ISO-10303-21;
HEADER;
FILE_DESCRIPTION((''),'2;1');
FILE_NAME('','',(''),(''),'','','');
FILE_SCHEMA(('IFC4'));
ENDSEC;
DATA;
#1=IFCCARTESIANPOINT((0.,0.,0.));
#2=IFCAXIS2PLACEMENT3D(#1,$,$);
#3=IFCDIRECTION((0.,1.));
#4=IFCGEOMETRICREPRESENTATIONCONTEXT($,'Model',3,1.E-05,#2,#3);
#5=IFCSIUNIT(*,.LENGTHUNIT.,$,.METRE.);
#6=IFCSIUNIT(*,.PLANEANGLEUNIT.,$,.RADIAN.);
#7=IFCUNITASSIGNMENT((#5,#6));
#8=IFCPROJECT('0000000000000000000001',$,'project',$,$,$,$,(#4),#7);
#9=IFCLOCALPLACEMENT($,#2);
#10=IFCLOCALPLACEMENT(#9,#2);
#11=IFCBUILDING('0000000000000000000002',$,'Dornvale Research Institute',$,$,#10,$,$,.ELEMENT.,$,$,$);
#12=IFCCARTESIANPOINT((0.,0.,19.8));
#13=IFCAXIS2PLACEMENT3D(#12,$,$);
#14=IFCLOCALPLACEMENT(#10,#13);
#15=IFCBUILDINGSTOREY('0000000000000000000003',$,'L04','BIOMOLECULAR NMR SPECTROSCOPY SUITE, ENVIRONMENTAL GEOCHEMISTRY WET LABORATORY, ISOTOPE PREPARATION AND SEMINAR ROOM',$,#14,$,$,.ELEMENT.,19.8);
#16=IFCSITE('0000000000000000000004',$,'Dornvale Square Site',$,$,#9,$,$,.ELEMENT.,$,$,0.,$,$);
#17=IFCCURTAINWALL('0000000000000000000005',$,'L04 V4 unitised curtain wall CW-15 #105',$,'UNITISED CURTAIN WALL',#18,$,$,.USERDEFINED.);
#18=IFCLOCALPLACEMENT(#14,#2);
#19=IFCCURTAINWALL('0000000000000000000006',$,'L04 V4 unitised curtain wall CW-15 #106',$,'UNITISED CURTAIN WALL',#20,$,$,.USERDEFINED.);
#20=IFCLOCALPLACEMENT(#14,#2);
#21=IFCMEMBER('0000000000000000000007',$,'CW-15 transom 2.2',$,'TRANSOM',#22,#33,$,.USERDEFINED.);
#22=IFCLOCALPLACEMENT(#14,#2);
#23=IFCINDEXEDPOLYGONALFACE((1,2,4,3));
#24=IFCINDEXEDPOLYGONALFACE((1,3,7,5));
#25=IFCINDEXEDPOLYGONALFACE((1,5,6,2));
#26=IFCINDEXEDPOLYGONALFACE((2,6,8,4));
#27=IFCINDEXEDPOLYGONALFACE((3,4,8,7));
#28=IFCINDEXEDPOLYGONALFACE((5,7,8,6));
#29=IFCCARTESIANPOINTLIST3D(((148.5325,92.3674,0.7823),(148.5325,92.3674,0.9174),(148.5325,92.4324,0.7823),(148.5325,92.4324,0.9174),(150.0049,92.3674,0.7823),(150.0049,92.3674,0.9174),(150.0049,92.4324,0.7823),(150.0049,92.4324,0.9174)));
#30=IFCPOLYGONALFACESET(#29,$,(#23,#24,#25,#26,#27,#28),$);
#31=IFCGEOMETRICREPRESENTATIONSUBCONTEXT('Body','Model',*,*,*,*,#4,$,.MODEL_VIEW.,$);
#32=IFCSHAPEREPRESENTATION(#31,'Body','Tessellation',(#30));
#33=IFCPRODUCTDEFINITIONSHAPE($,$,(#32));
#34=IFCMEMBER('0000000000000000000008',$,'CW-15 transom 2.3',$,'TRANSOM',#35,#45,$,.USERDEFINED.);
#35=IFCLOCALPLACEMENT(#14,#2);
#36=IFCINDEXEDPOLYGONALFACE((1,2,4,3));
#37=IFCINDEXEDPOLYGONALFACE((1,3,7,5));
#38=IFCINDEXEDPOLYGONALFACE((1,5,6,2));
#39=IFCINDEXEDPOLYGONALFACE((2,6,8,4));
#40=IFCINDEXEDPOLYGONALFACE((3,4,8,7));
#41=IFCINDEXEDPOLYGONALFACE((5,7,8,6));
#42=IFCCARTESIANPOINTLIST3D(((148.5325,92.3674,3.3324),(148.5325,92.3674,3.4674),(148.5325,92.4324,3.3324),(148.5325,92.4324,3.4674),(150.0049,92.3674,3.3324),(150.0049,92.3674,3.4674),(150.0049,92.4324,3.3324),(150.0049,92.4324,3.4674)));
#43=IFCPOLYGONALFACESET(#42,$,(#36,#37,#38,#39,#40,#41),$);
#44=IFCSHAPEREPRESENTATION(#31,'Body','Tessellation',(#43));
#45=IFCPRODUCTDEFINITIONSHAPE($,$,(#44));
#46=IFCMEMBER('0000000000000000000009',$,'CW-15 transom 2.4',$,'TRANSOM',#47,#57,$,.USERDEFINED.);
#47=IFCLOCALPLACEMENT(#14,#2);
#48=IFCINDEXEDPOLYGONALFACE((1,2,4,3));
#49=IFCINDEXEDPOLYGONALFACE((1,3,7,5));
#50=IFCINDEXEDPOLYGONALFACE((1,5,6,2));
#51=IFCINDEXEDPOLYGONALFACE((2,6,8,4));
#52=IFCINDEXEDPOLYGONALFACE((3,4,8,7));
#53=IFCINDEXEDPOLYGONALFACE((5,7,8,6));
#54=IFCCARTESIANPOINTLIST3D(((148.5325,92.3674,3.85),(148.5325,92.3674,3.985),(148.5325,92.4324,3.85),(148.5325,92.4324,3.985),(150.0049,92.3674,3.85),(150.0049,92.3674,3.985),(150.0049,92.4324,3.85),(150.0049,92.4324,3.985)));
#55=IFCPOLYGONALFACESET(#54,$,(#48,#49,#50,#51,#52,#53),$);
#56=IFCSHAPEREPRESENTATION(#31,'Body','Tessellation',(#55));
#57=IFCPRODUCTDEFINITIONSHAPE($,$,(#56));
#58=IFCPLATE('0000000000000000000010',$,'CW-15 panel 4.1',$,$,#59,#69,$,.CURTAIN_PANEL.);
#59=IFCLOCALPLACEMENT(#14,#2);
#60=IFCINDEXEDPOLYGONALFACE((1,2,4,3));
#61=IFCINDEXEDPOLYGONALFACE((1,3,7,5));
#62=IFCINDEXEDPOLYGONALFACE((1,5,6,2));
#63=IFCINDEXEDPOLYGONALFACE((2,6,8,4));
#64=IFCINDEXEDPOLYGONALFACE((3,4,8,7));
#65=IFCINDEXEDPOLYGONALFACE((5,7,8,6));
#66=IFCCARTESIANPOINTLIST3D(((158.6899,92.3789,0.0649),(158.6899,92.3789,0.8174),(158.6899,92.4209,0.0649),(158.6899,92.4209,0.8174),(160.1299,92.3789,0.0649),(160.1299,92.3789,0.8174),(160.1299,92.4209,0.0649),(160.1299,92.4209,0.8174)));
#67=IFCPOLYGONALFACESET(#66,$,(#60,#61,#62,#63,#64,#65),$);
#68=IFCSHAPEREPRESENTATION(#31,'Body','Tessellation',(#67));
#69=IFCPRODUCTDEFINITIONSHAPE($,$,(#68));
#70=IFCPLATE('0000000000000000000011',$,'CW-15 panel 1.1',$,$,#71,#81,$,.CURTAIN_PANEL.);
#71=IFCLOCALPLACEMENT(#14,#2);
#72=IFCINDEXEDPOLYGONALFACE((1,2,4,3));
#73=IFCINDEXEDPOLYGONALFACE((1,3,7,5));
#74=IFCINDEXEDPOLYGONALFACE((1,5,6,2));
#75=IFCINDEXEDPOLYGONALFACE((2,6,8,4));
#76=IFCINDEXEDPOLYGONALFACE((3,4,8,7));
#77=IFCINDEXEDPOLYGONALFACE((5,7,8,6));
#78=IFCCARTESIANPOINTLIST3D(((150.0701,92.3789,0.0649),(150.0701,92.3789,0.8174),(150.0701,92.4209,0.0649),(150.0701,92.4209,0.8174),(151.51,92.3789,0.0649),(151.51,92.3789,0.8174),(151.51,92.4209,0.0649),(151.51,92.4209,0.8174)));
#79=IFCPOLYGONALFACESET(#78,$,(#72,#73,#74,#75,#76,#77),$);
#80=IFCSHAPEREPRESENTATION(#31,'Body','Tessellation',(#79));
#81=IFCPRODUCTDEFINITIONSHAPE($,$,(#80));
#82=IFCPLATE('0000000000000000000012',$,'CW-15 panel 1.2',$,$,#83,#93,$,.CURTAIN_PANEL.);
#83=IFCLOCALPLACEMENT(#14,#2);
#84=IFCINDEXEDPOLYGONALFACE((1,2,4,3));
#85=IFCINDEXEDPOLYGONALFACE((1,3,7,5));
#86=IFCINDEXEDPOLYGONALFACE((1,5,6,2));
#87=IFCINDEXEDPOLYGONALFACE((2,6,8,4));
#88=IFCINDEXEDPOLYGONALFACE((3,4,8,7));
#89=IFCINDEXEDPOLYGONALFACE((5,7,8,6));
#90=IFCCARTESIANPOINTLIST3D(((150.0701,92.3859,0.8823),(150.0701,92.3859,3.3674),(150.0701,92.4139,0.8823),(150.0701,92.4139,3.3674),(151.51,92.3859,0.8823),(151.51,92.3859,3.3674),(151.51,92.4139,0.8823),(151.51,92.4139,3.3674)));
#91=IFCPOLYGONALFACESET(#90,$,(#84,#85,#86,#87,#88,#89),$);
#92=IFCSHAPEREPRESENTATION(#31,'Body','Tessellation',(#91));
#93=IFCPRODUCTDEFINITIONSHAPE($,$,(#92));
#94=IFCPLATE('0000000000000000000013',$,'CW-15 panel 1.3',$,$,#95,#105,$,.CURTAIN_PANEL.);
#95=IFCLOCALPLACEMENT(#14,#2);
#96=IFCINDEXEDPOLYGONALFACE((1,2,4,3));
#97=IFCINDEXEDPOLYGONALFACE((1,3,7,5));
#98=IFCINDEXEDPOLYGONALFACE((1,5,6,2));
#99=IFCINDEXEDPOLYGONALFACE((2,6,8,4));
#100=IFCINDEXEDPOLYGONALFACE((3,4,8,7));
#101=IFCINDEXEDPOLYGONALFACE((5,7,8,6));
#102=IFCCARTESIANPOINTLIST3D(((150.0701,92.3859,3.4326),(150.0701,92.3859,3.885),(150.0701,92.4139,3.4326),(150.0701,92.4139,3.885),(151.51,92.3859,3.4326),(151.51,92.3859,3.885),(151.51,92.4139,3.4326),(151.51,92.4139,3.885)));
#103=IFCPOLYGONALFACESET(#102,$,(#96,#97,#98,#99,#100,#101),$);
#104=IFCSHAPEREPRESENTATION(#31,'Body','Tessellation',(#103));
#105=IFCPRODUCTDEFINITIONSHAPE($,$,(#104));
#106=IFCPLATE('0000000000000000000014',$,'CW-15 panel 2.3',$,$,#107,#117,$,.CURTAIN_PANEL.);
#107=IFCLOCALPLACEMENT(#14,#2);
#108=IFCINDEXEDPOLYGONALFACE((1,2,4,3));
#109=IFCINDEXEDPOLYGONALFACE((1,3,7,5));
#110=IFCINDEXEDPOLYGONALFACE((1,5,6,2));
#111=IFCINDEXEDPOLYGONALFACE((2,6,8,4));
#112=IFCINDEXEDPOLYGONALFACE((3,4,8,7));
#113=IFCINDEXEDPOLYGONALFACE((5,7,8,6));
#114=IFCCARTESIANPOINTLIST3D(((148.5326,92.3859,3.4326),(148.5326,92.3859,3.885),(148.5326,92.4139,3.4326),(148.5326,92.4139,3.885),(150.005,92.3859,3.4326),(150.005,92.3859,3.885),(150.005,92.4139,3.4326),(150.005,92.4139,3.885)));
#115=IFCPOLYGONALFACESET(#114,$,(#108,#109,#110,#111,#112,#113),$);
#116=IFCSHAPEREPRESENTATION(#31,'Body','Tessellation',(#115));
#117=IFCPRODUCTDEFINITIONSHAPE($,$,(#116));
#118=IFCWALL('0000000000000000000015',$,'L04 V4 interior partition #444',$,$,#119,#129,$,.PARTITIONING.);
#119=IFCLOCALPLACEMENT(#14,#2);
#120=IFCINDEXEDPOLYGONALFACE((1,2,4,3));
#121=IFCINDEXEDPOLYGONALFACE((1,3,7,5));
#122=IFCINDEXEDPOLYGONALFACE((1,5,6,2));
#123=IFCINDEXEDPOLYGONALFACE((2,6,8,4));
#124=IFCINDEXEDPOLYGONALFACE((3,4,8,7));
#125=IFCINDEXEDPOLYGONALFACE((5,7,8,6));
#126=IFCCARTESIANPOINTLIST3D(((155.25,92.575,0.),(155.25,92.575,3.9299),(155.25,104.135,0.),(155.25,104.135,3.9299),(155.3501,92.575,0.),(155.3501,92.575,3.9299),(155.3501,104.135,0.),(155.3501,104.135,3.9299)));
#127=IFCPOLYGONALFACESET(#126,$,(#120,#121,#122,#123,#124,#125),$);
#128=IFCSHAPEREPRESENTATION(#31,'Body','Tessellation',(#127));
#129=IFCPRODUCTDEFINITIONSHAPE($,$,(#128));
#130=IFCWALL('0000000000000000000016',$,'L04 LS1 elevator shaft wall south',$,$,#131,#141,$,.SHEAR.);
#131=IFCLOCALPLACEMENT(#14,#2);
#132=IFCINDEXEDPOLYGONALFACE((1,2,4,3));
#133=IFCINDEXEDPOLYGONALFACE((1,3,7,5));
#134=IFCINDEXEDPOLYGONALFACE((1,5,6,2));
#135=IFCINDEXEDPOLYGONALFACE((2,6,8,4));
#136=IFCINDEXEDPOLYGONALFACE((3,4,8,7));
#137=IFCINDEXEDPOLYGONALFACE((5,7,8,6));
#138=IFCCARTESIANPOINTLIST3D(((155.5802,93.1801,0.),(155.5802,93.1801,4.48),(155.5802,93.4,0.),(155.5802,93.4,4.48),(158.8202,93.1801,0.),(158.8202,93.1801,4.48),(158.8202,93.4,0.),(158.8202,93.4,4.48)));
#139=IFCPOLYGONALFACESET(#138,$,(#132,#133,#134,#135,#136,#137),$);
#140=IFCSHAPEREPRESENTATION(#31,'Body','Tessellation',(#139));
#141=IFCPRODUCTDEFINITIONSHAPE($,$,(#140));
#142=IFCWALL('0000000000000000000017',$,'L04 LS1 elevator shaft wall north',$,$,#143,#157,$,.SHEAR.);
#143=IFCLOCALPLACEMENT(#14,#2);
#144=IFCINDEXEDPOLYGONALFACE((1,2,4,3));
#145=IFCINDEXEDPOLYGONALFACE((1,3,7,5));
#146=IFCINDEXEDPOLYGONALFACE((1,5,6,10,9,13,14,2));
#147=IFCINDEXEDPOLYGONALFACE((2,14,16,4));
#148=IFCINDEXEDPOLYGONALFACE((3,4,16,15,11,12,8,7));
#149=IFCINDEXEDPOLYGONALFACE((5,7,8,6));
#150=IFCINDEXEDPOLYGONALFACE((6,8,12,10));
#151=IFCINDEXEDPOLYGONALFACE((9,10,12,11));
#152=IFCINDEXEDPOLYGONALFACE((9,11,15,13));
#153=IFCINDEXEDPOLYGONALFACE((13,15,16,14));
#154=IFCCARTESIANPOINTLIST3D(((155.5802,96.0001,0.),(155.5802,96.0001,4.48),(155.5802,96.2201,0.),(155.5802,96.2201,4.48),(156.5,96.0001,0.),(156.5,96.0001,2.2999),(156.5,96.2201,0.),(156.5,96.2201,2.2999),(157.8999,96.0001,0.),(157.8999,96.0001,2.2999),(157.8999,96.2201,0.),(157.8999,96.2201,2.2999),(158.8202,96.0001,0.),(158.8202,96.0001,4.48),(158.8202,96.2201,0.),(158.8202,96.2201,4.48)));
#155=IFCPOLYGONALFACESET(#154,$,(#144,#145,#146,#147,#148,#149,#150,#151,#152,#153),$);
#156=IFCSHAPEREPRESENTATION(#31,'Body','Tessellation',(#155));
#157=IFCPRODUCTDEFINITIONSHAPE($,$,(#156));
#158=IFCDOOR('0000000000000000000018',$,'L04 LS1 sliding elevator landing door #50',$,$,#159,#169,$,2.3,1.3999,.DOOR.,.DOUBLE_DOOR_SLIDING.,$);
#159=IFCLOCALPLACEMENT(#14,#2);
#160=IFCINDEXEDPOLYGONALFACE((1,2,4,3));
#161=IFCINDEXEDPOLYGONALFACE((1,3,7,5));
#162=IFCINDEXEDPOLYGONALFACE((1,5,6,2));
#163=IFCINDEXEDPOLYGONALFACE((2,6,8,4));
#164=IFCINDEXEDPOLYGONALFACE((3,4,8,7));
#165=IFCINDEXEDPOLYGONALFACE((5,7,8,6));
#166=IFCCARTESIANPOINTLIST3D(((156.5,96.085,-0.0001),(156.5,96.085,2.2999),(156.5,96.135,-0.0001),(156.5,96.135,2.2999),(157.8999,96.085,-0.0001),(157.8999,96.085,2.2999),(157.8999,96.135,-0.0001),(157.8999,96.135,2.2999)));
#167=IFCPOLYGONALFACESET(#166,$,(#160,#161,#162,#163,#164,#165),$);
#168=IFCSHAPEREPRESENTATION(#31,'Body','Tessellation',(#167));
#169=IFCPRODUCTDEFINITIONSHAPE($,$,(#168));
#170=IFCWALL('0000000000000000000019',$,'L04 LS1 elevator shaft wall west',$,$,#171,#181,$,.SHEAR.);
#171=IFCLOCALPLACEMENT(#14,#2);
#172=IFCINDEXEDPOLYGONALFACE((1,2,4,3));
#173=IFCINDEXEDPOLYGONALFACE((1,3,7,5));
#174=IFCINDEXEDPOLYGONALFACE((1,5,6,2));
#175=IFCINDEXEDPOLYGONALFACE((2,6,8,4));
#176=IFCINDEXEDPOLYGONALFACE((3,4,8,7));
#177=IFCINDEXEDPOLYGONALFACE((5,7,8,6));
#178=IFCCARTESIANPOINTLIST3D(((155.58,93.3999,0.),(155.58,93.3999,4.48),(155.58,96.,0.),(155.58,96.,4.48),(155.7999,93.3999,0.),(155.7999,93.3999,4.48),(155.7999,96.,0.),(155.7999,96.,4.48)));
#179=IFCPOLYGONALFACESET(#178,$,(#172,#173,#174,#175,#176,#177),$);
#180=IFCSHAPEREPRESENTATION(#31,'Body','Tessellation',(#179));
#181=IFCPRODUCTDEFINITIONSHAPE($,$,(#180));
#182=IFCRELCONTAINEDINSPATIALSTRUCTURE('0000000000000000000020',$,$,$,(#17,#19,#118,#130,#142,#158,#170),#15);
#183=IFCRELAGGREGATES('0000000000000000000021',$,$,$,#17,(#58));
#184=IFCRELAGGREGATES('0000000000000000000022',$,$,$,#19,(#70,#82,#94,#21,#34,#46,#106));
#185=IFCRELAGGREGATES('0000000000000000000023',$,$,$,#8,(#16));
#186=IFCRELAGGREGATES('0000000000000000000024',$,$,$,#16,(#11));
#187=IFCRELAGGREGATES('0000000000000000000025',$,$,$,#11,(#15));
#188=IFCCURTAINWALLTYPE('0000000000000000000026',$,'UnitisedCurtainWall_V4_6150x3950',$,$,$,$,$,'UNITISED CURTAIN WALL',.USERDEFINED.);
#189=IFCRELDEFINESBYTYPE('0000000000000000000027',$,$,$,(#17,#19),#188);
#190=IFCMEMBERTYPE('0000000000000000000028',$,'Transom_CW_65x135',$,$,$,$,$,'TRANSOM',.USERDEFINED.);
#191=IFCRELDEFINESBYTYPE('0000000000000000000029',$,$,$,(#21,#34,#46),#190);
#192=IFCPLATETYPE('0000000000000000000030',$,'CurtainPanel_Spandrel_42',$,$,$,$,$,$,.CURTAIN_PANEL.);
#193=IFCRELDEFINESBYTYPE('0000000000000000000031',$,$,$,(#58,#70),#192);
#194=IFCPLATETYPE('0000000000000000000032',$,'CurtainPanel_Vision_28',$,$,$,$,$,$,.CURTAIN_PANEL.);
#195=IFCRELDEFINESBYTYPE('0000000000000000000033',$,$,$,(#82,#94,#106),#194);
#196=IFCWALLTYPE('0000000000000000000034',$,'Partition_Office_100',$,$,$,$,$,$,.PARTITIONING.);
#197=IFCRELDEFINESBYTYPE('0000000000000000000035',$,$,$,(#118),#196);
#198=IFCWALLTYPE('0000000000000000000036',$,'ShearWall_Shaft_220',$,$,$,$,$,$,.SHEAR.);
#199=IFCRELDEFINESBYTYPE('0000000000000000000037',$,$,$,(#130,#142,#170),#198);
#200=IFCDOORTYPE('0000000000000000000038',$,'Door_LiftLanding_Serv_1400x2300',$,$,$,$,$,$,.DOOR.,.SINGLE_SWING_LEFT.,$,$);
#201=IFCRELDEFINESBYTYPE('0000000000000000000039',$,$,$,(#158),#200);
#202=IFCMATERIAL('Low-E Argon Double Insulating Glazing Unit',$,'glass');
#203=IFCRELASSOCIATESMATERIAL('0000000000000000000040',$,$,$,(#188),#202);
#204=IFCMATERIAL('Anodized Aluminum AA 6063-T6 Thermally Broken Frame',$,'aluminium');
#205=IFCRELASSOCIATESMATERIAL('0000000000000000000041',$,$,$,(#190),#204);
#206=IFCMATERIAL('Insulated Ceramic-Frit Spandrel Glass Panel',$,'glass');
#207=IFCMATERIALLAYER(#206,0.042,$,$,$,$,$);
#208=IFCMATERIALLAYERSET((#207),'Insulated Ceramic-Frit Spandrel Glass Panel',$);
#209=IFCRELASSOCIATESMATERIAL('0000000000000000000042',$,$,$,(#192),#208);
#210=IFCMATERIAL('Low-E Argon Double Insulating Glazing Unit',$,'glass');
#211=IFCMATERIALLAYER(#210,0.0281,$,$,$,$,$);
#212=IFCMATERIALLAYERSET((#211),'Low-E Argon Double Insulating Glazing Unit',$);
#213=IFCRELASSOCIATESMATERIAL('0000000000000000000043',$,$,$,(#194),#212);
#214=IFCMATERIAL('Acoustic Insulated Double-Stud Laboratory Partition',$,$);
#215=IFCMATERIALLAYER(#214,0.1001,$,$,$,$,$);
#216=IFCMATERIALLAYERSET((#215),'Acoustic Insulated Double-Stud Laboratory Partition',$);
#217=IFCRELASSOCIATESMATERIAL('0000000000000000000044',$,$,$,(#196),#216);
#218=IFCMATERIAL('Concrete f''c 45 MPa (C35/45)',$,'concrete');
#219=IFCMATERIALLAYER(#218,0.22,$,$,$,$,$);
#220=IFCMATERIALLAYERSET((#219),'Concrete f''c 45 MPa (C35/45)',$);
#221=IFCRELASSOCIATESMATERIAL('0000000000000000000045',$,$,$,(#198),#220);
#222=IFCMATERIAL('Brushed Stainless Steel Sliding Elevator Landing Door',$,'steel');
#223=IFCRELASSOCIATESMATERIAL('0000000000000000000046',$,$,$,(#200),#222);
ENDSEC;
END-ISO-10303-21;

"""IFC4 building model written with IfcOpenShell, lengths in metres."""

from ifc_helpers import new_model, si_unit, direction, frame, frame_2d, origin, origin_2d, place, context, subcontext, project, spatial, rectangle, extrude, material, layer, layer_set, material_profile, profile_set, type_object, element, fill, aggregate, save


model = new_model("IFC4")

# Units and contexts
model_context = context("Model", 3, precision=1e-05, world=origin(), true_north=direction((0.0, 1.0)))
body_context = subcontext(model_context, "Body", "Model", "MODEL_VIEW")
ifc_project = project(units=[si_unit("LENGTHUNIT", "METRE"), si_unit("PLANEANGLEUNIT", "RADIAN")], contexts=[model_context])

# Site, building, storey
site_placement = place(None, origin())
site = spatial("IfcSite", under=ifc_project, at=site_placement, Name="Dornvale Square Site", CompositionType="ELEMENT", RefElevation=0.0)
building_placement = place(site_placement, origin())
building = spatial("IfcBuilding", under=site, at=building_placement, Name="Dornvale Research Institute", CompositionType="ELEMENT")
storey_placement = place(building_placement, frame((0.0, 0.0, 19.8)))
storey = spatial("IfcBuildingStorey", under=building, at=storey_placement, Name="L04", Description="BIOMOLECULAR NMR SPECTROSCOPY SUITE, ENVIRONMENTAL GEOCHEMISTRY WET LABORATORY, ISOTOPE PREPARATION AND SEMINAR ROOM", CompositionType="ELEMENT", Elevation=19.8)

# Curtain wall
ifc_material_1 = material(Name="Low-E Argon Double Insulating Glazing Unit", Category="glass")
curtain_wall_type = type_object("IfcCurtainWallType", Name="UnitisedCurtainWall_V4_6150x3950", ElementType="UNITISED CURTAIN WALL", PredefinedType="USERDEFINED", material=ifc_material_1)
curtain_wall_1_placement = place(storey_placement, origin())
curtain_wall_1 = element("IfcCurtainWall", 1, at=curtain_wall_1_placement, inside=storey, type_object=curtain_wall_type, Name="L04 V4 unitised curtain wall CW-15 #105", ObjectType="UNITISED CURTAIN WALL", PredefinedType="USERDEFINED")

# Curtain wall
curtain_wall_2_placement = place(storey_placement, origin())
curtain_wall_2 = element("IfcCurtainWall", 2, at=curtain_wall_2_placement, inside=storey, type_object=curtain_wall_type, Name="L04 V4 unitised curtain wall CW-15 #106", ObjectType="UNITISED CURTAIN WALL", PredefinedType="USERDEFINED")

# Members
ifc_material_2 = material(Name="Anodized Aluminum AA 6063-T6 Thermally Broken Frame", Category="aluminium")
ifc_material_profile_1 = material_profile(ifc_material_2, rectangle(XDim=0.0649, YDim=0.135, at=origin_2d()), Name="ALU TRANSOM 65x135")
ifc_profile_set_1 = profile_set([ifc_material_profile_1], Name="Anodized Aluminum AA 6063-T6 Thermally Broken Frame")
member_type_1 = type_object("IfcMemberType", Name="Transom_CW_65x135", ElementType="TRANSOM", PredefinedType="USERDEFINED", material=ifc_profile_set_1)
member_1_placement = place(storey_placement, frame((150.0049, 92.3999, 0.8499), z_axis=(-1.0, 0.0, 0.0), x_axis=(0.0, -1.0, 0.0)))
member_1 = element("IfcMember", 3, at=member_1_placement, type_object=member_type_1, Name="CW-15 transom 2.2", ObjectType="TRANSOM", PredefinedType="USERDEFINED", context=body_context, shape_type="SweptSolid", body=[
    extrude(rectangle(XDim=0.0649, YDim=0.135, at=origin_2d()), origin(), (0.0, 0.0, 1.0), 1.4724),
])
member_2_placement = place(storey_placement, frame((150.0049, 92.3999, 3.3999), z_axis=(-1.0, 0.0, 0.0), x_axis=(0.0, -1.0, 0.0)))
member_2 = element("IfcMember", 4, at=member_2_placement, type_object=member_type_1, Name="CW-15 transom 2.3", ObjectType="TRANSOM", PredefinedType="USERDEFINED", context=body_context, shape_type="SweptSolid", body=[
    extrude(rectangle(XDim=0.0649, YDim=0.135, at=origin_2d()), origin(), (0.0, 0.0, 1.0), 1.4724),
])
member_3_placement = place(storey_placement, frame((150.0049, 92.3999, 3.9175), z_axis=(-1.0, 0.0, 0.0), x_axis=(0.0, -1.0, 0.0)))
member_3 = element("IfcMember", 5, at=member_3_placement, type_object=member_type_1, Name="CW-15 transom 2.4", ObjectType="TRANSOM", PredefinedType="USERDEFINED", context=body_context, shape_type="SweptSolid", body=[
    extrude(rectangle(XDim=0.0649, YDim=0.135, at=origin_2d()), origin(), (0.0, 0.0, 1.0), 1.4724),
])

# Plates
ifc_material_3 = material(Name="Insulated Ceramic-Frit Spandrel Glass Panel", Category="glass")
ifc_layer_1 = layer(ifc_material_3, 0.042)
ifc_layer_set_1 = layer_set([ifc_layer_1], Name="Insulated Ceramic-Frit Spandrel Glass Panel")
plate_type_1 = type_object("IfcPlateType", Name="CurtainPanel_Spandrel_42", PredefinedType="CURTAIN_PANEL", material=ifc_layer_set_1)
plate_1_placement = place(storey_placement, frame((159.4099, 92.3999, 0.0649), z_axis=(0.0, 0.0, 1.0), x_axis=(-1.0, 0.0, 0.0)))
plate_1 = element("IfcPlate", 6, at=plate_1_placement, type_object=plate_type_1, Name="CW-15 panel 4.1", PredefinedType="CURTAIN_PANEL", context=body_context, shape_type="SweptSolid", body=[
    extrude(rectangle(XDim=1.4399, YDim=0.042, at=origin_2d()), origin(), (0.0, 0.0, 1.0), 0.7524),
])
aggregate(curtain_wall_1, [plate_1])
plate_2_placement = place(storey_placement, frame((150.79, 92.3999, 0.0649), z_axis=(0.0, 0.0, 1.0), x_axis=(-1.0, 0.0, 0.0)))
plate_2 = element("IfcPlate", 7, at=plate_2_placement, type_object=plate_type_1, Name="CW-15 panel 1.1", PredefinedType="CURTAIN_PANEL", context=body_context, shape_type="SweptSolid", body=[
    extrude(rectangle(XDim=1.4399, YDim=0.042, at=origin_2d()), origin(), (0.0, 0.0, 1.0), 0.7524),
])
ifc_material_4 = material(Name="Low-E Argon Double Insulating Glazing Unit", Category="glass")
ifc_layer_2 = layer(ifc_material_4, 0.0281)
ifc_layer_set_2 = layer_set([ifc_layer_2], Name="Low-E Argon Double Insulating Glazing Unit")
plate_type_2 = type_object("IfcPlateType", Name="CurtainPanel_Vision_28", PredefinedType="CURTAIN_PANEL", material=ifc_layer_set_2)
plate_3_placement = place(storey_placement, frame((150.79, 92.3999, 0.8823), z_axis=(0.0, 0.0, 1.0), x_axis=(-1.0, 0.0, 0.0)))
plate_3 = element("IfcPlate", 8, at=plate_3_placement, type_object=plate_type_2, Name="CW-15 panel 1.2", PredefinedType="CURTAIN_PANEL", context=body_context, shape_type="SweptSolid", body=[
    extrude(rectangle(XDim=1.4399, YDim=0.0281, at=origin_2d()), origin(), (0.0, 0.0, 1.0), 2.4851),
])
plate_4_placement = place(storey_placement, frame((150.79, 92.3999, 3.4326), z_axis=(0.0, 0.0, 1.0), x_axis=(-1.0, 0.0, 0.0)))
plate_4 = element("IfcPlate", 9, at=plate_4_placement, type_object=plate_type_2, Name="CW-15 panel 1.3", PredefinedType="CURTAIN_PANEL", context=body_context, shape_type="SweptSolid", body=[
    extrude(rectangle(XDim=1.4399, YDim=0.0281, at=origin_2d()), origin(), (0.0, 0.0, 1.0), 0.4524),
])
plate_5_placement = place(storey_placement, frame((149.2688, 92.3999, 3.4326), z_axis=(0.0, 0.0, 1.0), x_axis=(-1.0, 0.0, 0.0)))
plate_5 = element("IfcPlate", 10, at=plate_5_placement, type_object=plate_type_2, Name="CW-15 panel 2.3", PredefinedType="CURTAIN_PANEL", context=body_context, shape_type="SweptSolid", body=[
    extrude(rectangle(XDim=1.4724, YDim=0.0281, at=origin_2d()), origin(), (0.0, 0.0, 1.0), 0.4524),
])
aggregate(curtain_wall_2, [plate_2, plate_3, plate_4, member_1, member_2, member_3, plate_5])

# Walls
ifc_material_5 = material(Name="Acoustic Insulated Double-Stud Laboratory Partition")
ifc_layer_3 = layer(ifc_material_5, 0.1001)
ifc_layer_set_3 = layer_set([ifc_layer_3], Name="Acoustic Insulated Double-Stud Laboratory Partition")
wall_type_1 = type_object("IfcWallType", Name="Partition_Office_100", PredefinedType="PARTITIONING", material=ifc_layer_set_3)
wall_1_placement = place(storey_placement, frame((155.3, 92.575, 0.0), z_axis=(0.0, 0.0, 1.0), x_axis=(0.0, 1.0, 0.0)))
element("IfcWall", 11, at=wall_1_placement, inside=storey, type_object=wall_type_1, Name="L04 V4 interior partition #444", PredefinedType="PARTITIONING", context=body_context, shape_type="SweptSolid", body=[
    extrude(rectangle(XDim=11.5601, YDim=0.1001, at=frame_2d((5.78, 0.0))), origin(), (0.0, 0.0, 1.0), 3.9299),
])
ifc_material_6 = material(Name="Concrete f'c 45 MPa (C35/45)", Category="concrete")
ifc_layer_4 = layer(ifc_material_6, 0.22)
ifc_layer_set_4 = layer_set([ifc_layer_4], Name="Concrete f'c 45 MPa (C35/45)")
wall_type_2 = type_object("IfcWallType", Name="ShearWall_Shaft_220", PredefinedType="SHEAR", material=ifc_layer_set_4)
wall_2_placement = place(storey_placement, frame((155.5801, 93.29, 0.0), z_axis=(0.0, 0.0, 1.0), x_axis=(1.0, 0.0, 0.0)))
element("IfcWall", 12, at=wall_2_placement, inside=storey, type_object=wall_type_2, Name="L04 LS1 elevator shaft wall south", PredefinedType="SHEAR", context=body_context, shape_type="SweptSolid", body=[
    extrude(rectangle(XDim=3.24, YDim=0.22, at=frame_2d((1.6201, 0.0))), origin(), (0.0, 0.0, 1.0), 4.48),
])

# Wall, opening, door
wall_3_placement = place(storey_placement, frame((155.5801, 96.1101, 0.0), z_axis=(0.0, 0.0, 1.0), x_axis=(1.0, 0.0, 0.0)))
wall_3 = element("IfcWall", 13, at=wall_3_placement, inside=storey, type_object=wall_type_2, Name="L04 LS1 elevator shaft wall north", PredefinedType="SHEAR", context=body_context, shape_type="SweptSolid", body=[
    extrude(rectangle(XDim=3.24, YDim=0.22, at=frame_2d((1.6201, 0.0))), origin(), (0.0, 0.0, 1.0), 4.48),
])
opening_1_placement = place(wall_3_placement, frame((0.9199, 0.0, 0.0)))
opening_1 = element("IfcOpeningElement", 14, at=opening_1_placement, cuts=wall_3, PredefinedType="OPENING", context=body_context, shape_type="SweptSolid", body=[
    extrude(rectangle(XDim=1.3999, YDim=2.3, at=frame_2d((0.7, 1.1499))), frame((0.0, 0.125, 0.0), z_axis=(0.0, -1.0, 0.0), x_axis=(1.0, 0.0, 0.0)), (0.0, 0.0, 1.0), 0.25),
])
ifc_material_7 = material(Name="Brushed Stainless Steel Sliding Elevator Landing Door", Category="steel")
door_type = type_object("IfcDoorType", Name="Door_LiftLanding_Serv_1400x2300", OperationType="SINGLE_SWING_LEFT", PredefinedType="DOOR", material=ifc_material_7)
door_placement = place(opening_1_placement, origin())
door = element("IfcDoor", 15, at=door_placement, inside=storey, type_object=door_type, Name="L04 LS1 sliding elevator landing door #50", OperationType="DOUBLE_DOOR_SLIDING", OverallHeight=2.3, OverallWidth=1.3999, PredefinedType="DOOR", context=body_context, shape_type="SweptSolid", body=[
    extrude(rectangle(XDim=1.3999, YDim=2.3, at=frame_2d((0.7, 1.1499))), frame((0.0, 0.0249, 0.0), z_axis=(0.0, -1.0, 0.0), x_axis=(1.0, 0.0, 0.0)), (0.0, 0.0, 1.0), 0.05),
])
fill(opening_1, door)

# Wall
for number, where, z_axis, x_axis, name in (
    (16, (155.6899, 93.3999, 0.0), (0.0, 0.0, 1.0), (0.0, 1.0, 0.0), "L04 LS1 elevator shaft wall west"),
):
    element("IfcWall", number, at=place(storey_placement, frame(where, z_axis=z_axis, x_axis=x_axis)), inside=storey, type_object=wall_type_2, Name=name, PredefinedType="SHEAR", context=body_context, shape_type="SweptSolid", body=[
        extrude(rectangle(XDim=2.6001, YDim=0.22, at=frame_2d((1.3, 0.0))), origin(), (0.0, 0.0, 1.0), 4.48),
    ])

save(model, "model.ifc")
